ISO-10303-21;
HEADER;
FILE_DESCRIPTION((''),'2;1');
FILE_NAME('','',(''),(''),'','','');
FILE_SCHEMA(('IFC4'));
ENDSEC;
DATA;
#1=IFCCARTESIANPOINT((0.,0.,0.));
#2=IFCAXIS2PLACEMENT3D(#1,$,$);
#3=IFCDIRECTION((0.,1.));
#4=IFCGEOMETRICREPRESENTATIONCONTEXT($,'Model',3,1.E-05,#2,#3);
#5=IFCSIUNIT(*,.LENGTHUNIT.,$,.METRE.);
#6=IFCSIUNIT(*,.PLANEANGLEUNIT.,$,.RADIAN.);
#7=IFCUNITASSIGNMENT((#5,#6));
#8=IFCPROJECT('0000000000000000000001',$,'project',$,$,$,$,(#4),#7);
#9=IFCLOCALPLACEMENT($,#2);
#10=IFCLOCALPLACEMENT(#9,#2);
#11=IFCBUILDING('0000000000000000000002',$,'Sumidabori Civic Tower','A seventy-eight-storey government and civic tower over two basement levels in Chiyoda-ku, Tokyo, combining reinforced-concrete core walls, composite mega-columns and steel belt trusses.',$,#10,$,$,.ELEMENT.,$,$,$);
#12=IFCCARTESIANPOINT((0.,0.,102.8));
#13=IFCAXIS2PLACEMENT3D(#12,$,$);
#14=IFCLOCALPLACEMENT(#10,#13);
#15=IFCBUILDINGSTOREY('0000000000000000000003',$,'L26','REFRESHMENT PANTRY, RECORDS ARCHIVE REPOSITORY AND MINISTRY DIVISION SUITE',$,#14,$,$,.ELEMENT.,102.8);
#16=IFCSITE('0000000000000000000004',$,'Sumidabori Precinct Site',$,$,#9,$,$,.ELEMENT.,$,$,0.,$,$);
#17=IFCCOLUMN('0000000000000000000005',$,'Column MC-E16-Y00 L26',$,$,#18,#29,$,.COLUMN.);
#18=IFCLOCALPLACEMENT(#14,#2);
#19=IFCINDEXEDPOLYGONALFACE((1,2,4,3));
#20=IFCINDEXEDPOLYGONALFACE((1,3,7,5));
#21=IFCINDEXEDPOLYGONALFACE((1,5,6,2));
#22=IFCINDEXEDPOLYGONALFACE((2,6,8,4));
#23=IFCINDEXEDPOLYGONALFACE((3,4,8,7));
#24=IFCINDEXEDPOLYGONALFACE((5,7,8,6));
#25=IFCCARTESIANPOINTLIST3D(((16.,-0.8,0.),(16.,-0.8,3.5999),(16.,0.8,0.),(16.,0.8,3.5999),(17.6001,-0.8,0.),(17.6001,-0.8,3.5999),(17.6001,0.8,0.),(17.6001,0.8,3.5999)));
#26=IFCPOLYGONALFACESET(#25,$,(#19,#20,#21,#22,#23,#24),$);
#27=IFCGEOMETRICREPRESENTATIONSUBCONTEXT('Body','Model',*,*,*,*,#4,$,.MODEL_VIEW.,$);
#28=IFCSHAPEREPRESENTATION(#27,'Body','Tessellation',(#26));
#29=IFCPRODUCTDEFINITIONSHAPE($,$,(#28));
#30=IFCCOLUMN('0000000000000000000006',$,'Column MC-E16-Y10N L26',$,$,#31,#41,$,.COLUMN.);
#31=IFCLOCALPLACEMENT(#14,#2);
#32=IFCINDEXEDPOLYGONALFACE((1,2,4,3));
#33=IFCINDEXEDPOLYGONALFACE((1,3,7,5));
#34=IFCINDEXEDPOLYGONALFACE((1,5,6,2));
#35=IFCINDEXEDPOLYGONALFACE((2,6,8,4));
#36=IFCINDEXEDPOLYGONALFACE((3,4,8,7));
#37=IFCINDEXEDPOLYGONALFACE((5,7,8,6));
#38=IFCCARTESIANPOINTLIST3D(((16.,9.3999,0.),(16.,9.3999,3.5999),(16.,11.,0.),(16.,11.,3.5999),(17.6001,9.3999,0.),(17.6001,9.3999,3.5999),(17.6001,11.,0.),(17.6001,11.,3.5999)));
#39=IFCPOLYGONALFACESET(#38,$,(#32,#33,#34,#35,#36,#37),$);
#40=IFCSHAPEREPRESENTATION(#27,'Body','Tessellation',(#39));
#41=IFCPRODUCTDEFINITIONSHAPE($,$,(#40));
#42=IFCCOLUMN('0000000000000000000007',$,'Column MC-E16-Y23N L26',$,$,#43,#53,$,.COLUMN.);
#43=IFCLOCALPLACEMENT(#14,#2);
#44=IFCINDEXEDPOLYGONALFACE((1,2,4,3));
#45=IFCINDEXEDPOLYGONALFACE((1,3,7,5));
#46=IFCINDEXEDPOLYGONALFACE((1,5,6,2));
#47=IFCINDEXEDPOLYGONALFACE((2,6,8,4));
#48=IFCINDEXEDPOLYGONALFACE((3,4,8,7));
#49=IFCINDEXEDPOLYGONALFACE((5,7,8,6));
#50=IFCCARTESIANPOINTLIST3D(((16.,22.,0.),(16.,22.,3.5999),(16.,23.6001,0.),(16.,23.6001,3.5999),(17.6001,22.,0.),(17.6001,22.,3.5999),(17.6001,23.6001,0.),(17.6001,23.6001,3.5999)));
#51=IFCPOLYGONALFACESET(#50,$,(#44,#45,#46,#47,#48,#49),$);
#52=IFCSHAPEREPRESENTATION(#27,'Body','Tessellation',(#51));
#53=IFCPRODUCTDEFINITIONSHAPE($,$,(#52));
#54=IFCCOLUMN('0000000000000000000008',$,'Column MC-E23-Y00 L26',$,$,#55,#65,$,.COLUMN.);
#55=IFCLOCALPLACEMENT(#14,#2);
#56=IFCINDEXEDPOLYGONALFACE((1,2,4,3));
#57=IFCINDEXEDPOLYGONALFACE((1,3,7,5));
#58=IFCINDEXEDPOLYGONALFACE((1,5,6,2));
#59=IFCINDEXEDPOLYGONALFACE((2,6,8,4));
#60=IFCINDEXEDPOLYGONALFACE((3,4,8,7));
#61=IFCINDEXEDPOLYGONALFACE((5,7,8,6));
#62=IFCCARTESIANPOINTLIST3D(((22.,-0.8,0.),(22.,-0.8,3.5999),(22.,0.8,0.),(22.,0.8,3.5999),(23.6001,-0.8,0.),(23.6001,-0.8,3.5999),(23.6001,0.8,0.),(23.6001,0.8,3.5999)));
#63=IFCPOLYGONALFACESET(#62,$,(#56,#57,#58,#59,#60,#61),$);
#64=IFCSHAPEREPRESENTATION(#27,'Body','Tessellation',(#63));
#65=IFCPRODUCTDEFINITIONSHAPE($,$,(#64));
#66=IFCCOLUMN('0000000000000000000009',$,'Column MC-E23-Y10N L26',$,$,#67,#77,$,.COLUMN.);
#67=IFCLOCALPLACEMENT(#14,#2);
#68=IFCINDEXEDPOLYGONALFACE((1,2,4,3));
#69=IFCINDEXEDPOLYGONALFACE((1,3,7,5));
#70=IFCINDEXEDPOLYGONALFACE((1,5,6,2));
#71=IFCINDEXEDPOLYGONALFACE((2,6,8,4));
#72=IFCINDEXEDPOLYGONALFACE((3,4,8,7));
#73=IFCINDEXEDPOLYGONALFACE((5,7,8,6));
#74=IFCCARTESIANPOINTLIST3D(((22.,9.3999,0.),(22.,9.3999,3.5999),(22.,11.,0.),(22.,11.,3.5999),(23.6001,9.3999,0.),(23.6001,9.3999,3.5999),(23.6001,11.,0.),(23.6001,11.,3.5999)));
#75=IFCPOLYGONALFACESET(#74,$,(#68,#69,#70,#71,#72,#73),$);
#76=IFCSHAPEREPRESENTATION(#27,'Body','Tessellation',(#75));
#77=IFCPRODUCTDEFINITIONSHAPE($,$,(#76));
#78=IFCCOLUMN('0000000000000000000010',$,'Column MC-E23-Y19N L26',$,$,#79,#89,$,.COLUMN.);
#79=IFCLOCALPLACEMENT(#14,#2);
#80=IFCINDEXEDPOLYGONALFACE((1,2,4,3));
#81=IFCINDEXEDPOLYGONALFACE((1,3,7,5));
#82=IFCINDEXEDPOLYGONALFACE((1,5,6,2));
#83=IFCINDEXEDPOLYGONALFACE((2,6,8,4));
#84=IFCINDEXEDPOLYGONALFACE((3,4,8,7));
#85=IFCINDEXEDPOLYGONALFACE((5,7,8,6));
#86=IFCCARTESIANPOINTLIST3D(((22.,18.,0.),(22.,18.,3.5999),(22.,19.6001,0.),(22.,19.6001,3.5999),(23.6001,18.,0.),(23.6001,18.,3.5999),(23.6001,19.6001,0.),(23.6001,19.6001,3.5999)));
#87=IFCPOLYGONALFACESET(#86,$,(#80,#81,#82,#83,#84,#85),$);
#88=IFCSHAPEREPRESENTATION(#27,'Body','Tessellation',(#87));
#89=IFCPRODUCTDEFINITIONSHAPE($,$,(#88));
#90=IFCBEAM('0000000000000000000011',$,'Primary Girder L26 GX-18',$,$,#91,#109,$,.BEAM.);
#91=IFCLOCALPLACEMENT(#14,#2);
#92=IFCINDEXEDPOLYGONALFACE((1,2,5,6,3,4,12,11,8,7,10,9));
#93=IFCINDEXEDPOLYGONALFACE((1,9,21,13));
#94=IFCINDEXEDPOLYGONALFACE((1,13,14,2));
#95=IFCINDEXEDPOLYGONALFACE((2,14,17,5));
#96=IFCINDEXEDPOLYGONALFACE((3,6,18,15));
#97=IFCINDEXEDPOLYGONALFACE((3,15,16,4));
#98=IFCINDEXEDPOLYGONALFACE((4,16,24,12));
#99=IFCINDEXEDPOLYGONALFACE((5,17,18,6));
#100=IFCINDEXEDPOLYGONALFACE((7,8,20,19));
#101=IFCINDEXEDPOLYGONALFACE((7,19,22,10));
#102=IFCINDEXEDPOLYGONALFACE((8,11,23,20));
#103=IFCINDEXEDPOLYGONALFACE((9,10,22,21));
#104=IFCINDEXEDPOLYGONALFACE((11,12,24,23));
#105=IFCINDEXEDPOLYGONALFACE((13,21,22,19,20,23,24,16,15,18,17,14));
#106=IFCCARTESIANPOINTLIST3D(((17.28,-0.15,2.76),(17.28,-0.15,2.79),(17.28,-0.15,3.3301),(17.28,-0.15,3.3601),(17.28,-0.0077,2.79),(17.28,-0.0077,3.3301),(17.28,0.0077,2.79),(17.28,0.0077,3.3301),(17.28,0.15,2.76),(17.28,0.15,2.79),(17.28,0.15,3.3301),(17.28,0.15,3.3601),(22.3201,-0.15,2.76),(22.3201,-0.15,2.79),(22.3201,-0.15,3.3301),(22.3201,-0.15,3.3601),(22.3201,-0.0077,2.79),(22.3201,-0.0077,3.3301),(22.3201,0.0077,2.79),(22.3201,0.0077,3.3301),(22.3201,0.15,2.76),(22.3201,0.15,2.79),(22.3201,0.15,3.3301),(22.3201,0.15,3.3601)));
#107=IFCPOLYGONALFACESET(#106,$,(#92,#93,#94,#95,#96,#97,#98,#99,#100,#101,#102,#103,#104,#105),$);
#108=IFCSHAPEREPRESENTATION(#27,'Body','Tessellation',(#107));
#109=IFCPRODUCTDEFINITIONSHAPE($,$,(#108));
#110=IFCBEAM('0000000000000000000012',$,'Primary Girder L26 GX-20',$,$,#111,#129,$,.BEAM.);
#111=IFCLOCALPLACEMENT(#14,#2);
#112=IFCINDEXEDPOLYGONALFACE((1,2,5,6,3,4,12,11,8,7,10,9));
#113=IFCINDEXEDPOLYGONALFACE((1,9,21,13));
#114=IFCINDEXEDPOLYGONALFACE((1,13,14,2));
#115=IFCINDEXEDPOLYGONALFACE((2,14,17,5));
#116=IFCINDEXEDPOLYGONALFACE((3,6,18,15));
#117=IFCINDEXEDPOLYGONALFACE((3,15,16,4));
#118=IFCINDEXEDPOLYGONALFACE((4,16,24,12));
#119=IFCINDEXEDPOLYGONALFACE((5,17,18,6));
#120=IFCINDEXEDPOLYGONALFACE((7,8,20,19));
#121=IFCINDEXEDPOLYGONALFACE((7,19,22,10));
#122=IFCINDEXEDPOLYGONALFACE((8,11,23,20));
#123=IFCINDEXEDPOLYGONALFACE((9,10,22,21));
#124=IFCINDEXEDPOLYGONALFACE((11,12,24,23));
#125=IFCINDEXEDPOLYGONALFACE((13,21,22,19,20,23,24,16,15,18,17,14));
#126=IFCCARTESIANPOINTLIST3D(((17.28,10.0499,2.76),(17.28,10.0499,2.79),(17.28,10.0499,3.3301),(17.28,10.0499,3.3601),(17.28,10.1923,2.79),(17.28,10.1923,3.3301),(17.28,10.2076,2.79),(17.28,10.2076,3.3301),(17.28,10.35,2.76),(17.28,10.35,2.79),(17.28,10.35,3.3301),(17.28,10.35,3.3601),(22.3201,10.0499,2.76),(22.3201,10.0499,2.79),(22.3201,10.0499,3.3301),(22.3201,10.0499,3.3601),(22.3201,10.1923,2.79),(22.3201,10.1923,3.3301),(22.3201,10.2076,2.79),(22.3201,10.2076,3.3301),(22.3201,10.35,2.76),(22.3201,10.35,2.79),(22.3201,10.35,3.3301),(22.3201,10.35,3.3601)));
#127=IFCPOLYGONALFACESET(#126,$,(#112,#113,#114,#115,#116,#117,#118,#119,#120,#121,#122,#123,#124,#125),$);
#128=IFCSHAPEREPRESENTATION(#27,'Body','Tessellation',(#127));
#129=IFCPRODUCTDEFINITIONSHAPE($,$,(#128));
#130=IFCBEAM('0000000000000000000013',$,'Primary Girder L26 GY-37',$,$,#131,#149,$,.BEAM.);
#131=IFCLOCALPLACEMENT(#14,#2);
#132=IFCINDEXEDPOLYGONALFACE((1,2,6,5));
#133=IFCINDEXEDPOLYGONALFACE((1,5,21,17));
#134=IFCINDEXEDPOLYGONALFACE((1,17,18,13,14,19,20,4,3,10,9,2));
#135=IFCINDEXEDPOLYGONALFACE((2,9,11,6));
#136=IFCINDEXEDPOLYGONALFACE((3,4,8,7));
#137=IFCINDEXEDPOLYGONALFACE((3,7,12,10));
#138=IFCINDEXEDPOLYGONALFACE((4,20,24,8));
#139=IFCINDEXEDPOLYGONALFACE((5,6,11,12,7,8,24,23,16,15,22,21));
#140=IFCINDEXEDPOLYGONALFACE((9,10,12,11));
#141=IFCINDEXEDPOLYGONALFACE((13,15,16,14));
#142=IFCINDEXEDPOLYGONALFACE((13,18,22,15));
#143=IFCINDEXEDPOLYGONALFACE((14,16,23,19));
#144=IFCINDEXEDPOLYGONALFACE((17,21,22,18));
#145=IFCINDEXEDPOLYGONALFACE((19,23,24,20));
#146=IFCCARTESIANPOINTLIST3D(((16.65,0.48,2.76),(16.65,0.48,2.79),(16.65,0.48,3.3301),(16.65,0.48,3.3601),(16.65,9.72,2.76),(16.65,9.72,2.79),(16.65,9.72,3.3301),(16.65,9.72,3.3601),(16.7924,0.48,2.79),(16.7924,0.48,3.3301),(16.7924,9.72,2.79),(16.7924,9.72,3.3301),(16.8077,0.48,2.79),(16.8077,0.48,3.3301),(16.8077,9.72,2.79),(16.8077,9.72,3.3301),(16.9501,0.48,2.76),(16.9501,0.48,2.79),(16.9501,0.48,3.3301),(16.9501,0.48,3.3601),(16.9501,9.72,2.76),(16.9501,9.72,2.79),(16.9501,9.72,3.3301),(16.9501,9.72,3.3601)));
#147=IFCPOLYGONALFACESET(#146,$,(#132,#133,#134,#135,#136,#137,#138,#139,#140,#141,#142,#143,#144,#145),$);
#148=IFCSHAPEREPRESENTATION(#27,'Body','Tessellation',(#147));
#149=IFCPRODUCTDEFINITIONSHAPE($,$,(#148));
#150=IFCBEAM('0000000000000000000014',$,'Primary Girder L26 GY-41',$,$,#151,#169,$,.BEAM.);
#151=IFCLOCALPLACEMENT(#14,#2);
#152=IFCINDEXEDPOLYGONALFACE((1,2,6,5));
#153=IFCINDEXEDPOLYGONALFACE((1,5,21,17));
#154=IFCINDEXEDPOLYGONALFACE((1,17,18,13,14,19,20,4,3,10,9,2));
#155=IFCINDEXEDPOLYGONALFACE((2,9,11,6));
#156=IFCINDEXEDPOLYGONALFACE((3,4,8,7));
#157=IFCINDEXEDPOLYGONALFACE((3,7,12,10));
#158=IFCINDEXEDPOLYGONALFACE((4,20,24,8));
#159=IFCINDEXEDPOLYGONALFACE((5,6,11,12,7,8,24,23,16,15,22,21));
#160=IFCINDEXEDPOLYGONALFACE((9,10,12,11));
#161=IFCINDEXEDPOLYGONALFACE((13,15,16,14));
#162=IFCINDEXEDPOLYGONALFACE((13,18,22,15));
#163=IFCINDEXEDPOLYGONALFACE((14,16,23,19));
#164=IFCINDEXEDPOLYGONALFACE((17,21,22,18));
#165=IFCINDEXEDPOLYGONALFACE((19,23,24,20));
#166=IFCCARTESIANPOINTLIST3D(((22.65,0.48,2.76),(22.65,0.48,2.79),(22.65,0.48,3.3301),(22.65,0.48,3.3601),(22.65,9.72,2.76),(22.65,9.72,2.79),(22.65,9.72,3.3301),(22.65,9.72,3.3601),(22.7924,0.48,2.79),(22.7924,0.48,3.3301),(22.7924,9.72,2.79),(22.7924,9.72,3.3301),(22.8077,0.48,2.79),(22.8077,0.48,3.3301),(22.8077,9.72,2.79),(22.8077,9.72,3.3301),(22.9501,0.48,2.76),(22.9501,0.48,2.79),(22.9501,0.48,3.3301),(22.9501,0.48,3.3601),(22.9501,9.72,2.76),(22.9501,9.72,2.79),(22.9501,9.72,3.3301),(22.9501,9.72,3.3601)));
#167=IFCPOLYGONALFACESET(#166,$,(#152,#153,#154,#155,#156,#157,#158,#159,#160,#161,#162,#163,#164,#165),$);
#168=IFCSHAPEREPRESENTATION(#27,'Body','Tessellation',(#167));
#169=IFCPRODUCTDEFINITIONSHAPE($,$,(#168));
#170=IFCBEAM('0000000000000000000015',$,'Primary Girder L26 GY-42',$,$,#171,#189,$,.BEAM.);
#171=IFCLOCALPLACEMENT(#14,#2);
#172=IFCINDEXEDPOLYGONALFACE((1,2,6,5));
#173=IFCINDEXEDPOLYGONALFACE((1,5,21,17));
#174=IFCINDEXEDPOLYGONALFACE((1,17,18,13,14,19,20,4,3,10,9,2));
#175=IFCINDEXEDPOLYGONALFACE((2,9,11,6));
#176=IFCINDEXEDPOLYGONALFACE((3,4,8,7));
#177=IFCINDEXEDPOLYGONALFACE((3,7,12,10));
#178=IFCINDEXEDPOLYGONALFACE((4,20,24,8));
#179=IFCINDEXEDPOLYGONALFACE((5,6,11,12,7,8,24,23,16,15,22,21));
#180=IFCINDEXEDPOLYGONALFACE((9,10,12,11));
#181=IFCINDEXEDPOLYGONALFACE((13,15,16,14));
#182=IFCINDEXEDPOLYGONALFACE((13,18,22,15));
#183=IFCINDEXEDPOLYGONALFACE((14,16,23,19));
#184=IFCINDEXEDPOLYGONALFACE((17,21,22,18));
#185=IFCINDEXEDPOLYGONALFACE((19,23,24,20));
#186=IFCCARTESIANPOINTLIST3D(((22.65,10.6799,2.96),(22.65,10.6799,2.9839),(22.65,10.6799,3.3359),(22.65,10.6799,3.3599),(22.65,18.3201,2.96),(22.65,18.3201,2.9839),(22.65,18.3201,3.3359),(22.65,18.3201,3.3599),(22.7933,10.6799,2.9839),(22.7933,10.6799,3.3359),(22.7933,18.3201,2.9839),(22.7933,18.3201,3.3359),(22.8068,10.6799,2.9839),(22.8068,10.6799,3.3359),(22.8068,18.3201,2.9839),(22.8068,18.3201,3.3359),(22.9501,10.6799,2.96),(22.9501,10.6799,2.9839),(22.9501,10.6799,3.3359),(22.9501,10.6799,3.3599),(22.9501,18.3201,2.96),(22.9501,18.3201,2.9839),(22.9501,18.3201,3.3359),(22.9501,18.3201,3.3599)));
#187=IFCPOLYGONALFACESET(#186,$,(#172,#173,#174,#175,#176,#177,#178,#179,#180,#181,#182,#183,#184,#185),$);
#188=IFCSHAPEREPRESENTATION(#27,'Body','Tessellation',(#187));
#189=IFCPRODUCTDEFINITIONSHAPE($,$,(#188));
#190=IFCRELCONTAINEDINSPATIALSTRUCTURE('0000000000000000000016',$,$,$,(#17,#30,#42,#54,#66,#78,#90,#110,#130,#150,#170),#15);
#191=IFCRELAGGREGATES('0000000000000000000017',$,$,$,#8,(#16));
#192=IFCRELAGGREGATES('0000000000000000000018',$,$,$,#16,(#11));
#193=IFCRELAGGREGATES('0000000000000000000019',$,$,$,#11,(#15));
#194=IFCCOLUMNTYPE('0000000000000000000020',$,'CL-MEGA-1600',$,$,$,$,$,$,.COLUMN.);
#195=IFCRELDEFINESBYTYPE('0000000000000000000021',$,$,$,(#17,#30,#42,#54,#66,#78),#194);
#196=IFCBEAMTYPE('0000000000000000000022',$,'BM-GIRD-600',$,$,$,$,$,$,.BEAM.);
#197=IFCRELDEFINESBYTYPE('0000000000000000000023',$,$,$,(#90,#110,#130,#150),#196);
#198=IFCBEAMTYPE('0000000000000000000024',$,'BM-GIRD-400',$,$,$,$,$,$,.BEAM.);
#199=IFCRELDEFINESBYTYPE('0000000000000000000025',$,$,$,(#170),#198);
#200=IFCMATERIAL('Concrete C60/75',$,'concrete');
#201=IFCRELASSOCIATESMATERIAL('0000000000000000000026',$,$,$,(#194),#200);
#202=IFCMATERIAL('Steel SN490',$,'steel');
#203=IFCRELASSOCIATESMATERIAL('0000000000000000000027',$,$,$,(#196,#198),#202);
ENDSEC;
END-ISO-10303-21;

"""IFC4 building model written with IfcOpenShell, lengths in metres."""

from ifc_helpers import new_model, si_unit, direction, frame, origin, origin_2d, place, context, subcontext, project, spatial, rectangle, i_section, extrude, source, transform, mapped, material, material_profile, profile_set, type_object, element, save


model = new_model("IFC4")

# Units and contexts
model_context = context("Model", 3, precision=1e-05, world=origin(), true_north=direction((0.0, 1.0)))
body_context = subcontext(model_context, "Body", "Model", "MODEL_VIEW")
ifc_project = project(units=[si_unit("LENGTHUNIT", "METRE"), si_unit("PLANEANGLEUNIT", "RADIAN")], contexts=[model_context])

# Site, building, storey
site_placement = place(None, origin())
site = spatial("IfcSite", under=ifc_project, at=site_placement, Name="Sumidabori Precinct Site", CompositionType="ELEMENT", RefElevation=0.0)
building_placement = place(site_placement, origin())
building = spatial("IfcBuilding", under=site, at=building_placement, Name="Sumidabori Civic Tower", Description="A seventy-eight-storey government and civic tower over two basement levels in Chiyoda-ku, Tokyo, combining reinforced-concrete core walls, composite mega-columns and steel belt trusses.", CompositionType="ELEMENT")
storey_placement = place(building_placement, frame((0.0, 0.0, 102.8)))
storey = spatial("IfcBuildingStorey", under=building, at=storey_placement, Name="L26", Description="REFRESHMENT PANTRY, RECORDS ARCHIVE REPOSITORY AND MINISTRY DIVISION SUITE", CompositionType="ELEMENT", Elevation=102.8)

# Columns
ifc_material_1 = material(Name="Concrete C60/75", Category="concrete")
ifc_material_profile_1 = material_profile(ifc_material_1, rectangle(XDim=1.6001, YDim=1.6001, at=origin_2d()), Name="RC 1600x1600")
ifc_profile_set_1 = profile_set([ifc_material_profile_1], Name="Concrete C60/75")
column_type = type_object("IfcColumnType", Name="CL-MEGA-1600", PredefinedType="COLUMN", material=ifc_profile_set_1)
shared_shape_1 = source(origin(), body_context, "Body", "SweptSolid", [
    extrude(rectangle(XDim=1.6001, YDim=1.6001, at=origin_2d()), origin(), (0.0, 0.0, 1.0), 3.5999),
])
for number, where, z_axis, x_axis, name in (
    (1, (16.8, 0.0, 0.0), (0.0, 0.0, 1.0), (1.0, 0.0, 0.0), "Column MC-E16-Y00 L26"),
    (2, (16.8, 10.2, 0.0), (0.0, 0.0, 1.0), (1.0, 0.0, 0.0), "Column MC-E16-Y10N L26"),
    (3, (16.8, 22.8, 0.0), (0.0, 0.0, 1.0), (1.0, 0.0, 0.0), "Column MC-E16-Y23N L26"),
    (4, (22.8, 0.0, 0.0), (0.0, 0.0, 1.0), (1.0, 0.0, 0.0), "Column MC-E23-Y00 L26"),
    (5, (22.8, 10.2, 0.0), (0.0, 0.0, 1.0), (1.0, 0.0, 0.0), "Column MC-E23-Y10N L26"),
    (6, (22.8, 18.8, 0.0), (0.0, 0.0, 1.0), (1.0, 0.0, 0.0), "Column MC-E23-Y19N L26"),
):
    element("IfcColumn", number, at=place(storey_placement, frame(where, z_axis=z_axis, x_axis=x_axis)), inside=storey, type_object=column_type, Name=name, PredefinedType="COLUMN", context=body_context, shape_type="MappedRepresentation", body=[
        mapped(shared_shape_1, transform((0.0, 0.0, 0.0), x_axis=(1.0, 0.0, 0.0), y_axis=(0.0, 1.0, 0.0), z_axis=(0.0, 0.0, 1.0), scale=1.0)),
    ])

# Beams
ifc_material_2 = material(Name="Steel SN490", Category="steel")
ifc_material_profile_2 = material_profile(ifc_material_2, i_section(OverallWidth=0.3, OverallDepth=0.6001, WebThickness=0.0154, FlangeThickness=0.03, at=origin_2d()), Name="HE 600 B")
ifc_profile_set_2 = profile_set([ifc_material_profile_2], Name="Steel SN490")
beam_type_1 = type_object("IfcBeamType", Name="BM-GIRD-600", PredefinedType="BEAM", material=ifc_profile_set_2)
shared_shape_2 = source(origin(), body_context, "Body", "SweptSolid", [
    extrude(i_section(OverallWidth=0.3, OverallDepth=0.6001, WebThickness=0.0154, FlangeThickness=0.03, at=origin_2d()), origin(), (0.0, 0.0, 1.0), 5.04),
])
for number, where, z_axis, x_axis, name in (
    (7, (17.28, 0.0, 3.0601), (1.0, 0.0, 0.0), (0.0, 1.0, 0.0), "Primary Girder L26 GX-18"),
    (8, (17.28, 10.2, 3.0601), (1.0, 0.0, 0.0), (0.0, 1.0, 0.0), "Primary Girder L26 GX-20"),
):
    element("IfcBeam", number, at=place(storey_placement, frame(where, z_axis=z_axis, x_axis=x_axis)), inside=storey, type_object=beam_type_1, Name=name, PredefinedType="BEAM", context=body_context, shape_type="MappedRepresentation", body=[
        mapped(shared_shape_2, transform((0.0, 0.0, 0.0), x_axis=(1.0, 0.0, 0.0), y_axis=(0.0, 1.0, 0.0), z_axis=(0.0, 0.0, 1.0), scale=1.0)),
    ])
shared_shape_3 = source(origin(), body_context, "Body", "SweptSolid", [
    extrude(i_section(OverallWidth=0.3, OverallDepth=0.6001, WebThickness=0.0154, FlangeThickness=0.03, at=origin_2d()), origin(), (0.0, 0.0, 1.0), 9.24),
])
for number, where, z_axis, x_axis, name in (
    (9, (16.8, 0.48, 3.0601), (0.0, 1.0, 0.0), (-1.0, 0.0, 0.0), "Primary Girder L26 GY-37"),
    (10, (22.8, 0.48, 3.0601), (0.0, 1.0, 0.0), (-1.0, 0.0, 0.0), "Primary Girder L26 GY-41"),
):
    element("IfcBeam", number, at=place(storey_placement, frame(where, z_axis=z_axis, x_axis=x_axis)), inside=storey, type_object=beam_type_1, Name=name, PredefinedType="BEAM", context=body_context, shape_type="MappedRepresentation", body=[
        mapped(shared_shape_3, transform((0.0, 0.0, 0.0), x_axis=(1.0, 0.0, 0.0), y_axis=(0.0, 1.0, 0.0), z_axis=(0.0, 0.0, 1.0), scale=1.0)),
    ])
ifc_material_profile_3 = material_profile(ifc_material_2, i_section(OverallWidth=0.3, OverallDepth=0.3999, WebThickness=0.0134, FlangeThickness=0.0239, at=origin_2d()), Name="HE 400 B")
ifc_profile_set_3 = profile_set([ifc_material_profile_3], Name="Steel SN490")
beam_type_2 = type_object("IfcBeamType", Name="BM-GIRD-400", PredefinedType="BEAM", material=ifc_profile_set_3)
shared_shape_4 = source(origin(), body_context, "Body", "SweptSolid", [
    extrude(i_section(OverallWidth=0.3, OverallDepth=0.3999, WebThickness=0.0134, FlangeThickness=0.0239, at=origin_2d()), origin(), (0.0, 0.0, 1.0), 7.6401),
])
beam_1_placement = place(storey_placement, frame((22.8, 10.6799, 3.1599), z_axis=(0.0, 1.0, 0.0), x_axis=(-1.0, 0.0, 0.0)))
element("IfcBeam", 11, at=beam_1_placement, inside=storey, type_object=beam_type_2, Name="Primary Girder L26 GY-42", PredefinedType="BEAM", context=body_context, shape_type="MappedRepresentation", body=[
    mapped(shared_shape_4, transform((0.0, 0.0, 0.0), x_axis=(1.0, 0.0, 0.0), y_axis=(0.0, 1.0, 0.0), z_axis=(0.0, 0.0, 1.0), scale=1.0)),
])

save(model, "model.ifc")
